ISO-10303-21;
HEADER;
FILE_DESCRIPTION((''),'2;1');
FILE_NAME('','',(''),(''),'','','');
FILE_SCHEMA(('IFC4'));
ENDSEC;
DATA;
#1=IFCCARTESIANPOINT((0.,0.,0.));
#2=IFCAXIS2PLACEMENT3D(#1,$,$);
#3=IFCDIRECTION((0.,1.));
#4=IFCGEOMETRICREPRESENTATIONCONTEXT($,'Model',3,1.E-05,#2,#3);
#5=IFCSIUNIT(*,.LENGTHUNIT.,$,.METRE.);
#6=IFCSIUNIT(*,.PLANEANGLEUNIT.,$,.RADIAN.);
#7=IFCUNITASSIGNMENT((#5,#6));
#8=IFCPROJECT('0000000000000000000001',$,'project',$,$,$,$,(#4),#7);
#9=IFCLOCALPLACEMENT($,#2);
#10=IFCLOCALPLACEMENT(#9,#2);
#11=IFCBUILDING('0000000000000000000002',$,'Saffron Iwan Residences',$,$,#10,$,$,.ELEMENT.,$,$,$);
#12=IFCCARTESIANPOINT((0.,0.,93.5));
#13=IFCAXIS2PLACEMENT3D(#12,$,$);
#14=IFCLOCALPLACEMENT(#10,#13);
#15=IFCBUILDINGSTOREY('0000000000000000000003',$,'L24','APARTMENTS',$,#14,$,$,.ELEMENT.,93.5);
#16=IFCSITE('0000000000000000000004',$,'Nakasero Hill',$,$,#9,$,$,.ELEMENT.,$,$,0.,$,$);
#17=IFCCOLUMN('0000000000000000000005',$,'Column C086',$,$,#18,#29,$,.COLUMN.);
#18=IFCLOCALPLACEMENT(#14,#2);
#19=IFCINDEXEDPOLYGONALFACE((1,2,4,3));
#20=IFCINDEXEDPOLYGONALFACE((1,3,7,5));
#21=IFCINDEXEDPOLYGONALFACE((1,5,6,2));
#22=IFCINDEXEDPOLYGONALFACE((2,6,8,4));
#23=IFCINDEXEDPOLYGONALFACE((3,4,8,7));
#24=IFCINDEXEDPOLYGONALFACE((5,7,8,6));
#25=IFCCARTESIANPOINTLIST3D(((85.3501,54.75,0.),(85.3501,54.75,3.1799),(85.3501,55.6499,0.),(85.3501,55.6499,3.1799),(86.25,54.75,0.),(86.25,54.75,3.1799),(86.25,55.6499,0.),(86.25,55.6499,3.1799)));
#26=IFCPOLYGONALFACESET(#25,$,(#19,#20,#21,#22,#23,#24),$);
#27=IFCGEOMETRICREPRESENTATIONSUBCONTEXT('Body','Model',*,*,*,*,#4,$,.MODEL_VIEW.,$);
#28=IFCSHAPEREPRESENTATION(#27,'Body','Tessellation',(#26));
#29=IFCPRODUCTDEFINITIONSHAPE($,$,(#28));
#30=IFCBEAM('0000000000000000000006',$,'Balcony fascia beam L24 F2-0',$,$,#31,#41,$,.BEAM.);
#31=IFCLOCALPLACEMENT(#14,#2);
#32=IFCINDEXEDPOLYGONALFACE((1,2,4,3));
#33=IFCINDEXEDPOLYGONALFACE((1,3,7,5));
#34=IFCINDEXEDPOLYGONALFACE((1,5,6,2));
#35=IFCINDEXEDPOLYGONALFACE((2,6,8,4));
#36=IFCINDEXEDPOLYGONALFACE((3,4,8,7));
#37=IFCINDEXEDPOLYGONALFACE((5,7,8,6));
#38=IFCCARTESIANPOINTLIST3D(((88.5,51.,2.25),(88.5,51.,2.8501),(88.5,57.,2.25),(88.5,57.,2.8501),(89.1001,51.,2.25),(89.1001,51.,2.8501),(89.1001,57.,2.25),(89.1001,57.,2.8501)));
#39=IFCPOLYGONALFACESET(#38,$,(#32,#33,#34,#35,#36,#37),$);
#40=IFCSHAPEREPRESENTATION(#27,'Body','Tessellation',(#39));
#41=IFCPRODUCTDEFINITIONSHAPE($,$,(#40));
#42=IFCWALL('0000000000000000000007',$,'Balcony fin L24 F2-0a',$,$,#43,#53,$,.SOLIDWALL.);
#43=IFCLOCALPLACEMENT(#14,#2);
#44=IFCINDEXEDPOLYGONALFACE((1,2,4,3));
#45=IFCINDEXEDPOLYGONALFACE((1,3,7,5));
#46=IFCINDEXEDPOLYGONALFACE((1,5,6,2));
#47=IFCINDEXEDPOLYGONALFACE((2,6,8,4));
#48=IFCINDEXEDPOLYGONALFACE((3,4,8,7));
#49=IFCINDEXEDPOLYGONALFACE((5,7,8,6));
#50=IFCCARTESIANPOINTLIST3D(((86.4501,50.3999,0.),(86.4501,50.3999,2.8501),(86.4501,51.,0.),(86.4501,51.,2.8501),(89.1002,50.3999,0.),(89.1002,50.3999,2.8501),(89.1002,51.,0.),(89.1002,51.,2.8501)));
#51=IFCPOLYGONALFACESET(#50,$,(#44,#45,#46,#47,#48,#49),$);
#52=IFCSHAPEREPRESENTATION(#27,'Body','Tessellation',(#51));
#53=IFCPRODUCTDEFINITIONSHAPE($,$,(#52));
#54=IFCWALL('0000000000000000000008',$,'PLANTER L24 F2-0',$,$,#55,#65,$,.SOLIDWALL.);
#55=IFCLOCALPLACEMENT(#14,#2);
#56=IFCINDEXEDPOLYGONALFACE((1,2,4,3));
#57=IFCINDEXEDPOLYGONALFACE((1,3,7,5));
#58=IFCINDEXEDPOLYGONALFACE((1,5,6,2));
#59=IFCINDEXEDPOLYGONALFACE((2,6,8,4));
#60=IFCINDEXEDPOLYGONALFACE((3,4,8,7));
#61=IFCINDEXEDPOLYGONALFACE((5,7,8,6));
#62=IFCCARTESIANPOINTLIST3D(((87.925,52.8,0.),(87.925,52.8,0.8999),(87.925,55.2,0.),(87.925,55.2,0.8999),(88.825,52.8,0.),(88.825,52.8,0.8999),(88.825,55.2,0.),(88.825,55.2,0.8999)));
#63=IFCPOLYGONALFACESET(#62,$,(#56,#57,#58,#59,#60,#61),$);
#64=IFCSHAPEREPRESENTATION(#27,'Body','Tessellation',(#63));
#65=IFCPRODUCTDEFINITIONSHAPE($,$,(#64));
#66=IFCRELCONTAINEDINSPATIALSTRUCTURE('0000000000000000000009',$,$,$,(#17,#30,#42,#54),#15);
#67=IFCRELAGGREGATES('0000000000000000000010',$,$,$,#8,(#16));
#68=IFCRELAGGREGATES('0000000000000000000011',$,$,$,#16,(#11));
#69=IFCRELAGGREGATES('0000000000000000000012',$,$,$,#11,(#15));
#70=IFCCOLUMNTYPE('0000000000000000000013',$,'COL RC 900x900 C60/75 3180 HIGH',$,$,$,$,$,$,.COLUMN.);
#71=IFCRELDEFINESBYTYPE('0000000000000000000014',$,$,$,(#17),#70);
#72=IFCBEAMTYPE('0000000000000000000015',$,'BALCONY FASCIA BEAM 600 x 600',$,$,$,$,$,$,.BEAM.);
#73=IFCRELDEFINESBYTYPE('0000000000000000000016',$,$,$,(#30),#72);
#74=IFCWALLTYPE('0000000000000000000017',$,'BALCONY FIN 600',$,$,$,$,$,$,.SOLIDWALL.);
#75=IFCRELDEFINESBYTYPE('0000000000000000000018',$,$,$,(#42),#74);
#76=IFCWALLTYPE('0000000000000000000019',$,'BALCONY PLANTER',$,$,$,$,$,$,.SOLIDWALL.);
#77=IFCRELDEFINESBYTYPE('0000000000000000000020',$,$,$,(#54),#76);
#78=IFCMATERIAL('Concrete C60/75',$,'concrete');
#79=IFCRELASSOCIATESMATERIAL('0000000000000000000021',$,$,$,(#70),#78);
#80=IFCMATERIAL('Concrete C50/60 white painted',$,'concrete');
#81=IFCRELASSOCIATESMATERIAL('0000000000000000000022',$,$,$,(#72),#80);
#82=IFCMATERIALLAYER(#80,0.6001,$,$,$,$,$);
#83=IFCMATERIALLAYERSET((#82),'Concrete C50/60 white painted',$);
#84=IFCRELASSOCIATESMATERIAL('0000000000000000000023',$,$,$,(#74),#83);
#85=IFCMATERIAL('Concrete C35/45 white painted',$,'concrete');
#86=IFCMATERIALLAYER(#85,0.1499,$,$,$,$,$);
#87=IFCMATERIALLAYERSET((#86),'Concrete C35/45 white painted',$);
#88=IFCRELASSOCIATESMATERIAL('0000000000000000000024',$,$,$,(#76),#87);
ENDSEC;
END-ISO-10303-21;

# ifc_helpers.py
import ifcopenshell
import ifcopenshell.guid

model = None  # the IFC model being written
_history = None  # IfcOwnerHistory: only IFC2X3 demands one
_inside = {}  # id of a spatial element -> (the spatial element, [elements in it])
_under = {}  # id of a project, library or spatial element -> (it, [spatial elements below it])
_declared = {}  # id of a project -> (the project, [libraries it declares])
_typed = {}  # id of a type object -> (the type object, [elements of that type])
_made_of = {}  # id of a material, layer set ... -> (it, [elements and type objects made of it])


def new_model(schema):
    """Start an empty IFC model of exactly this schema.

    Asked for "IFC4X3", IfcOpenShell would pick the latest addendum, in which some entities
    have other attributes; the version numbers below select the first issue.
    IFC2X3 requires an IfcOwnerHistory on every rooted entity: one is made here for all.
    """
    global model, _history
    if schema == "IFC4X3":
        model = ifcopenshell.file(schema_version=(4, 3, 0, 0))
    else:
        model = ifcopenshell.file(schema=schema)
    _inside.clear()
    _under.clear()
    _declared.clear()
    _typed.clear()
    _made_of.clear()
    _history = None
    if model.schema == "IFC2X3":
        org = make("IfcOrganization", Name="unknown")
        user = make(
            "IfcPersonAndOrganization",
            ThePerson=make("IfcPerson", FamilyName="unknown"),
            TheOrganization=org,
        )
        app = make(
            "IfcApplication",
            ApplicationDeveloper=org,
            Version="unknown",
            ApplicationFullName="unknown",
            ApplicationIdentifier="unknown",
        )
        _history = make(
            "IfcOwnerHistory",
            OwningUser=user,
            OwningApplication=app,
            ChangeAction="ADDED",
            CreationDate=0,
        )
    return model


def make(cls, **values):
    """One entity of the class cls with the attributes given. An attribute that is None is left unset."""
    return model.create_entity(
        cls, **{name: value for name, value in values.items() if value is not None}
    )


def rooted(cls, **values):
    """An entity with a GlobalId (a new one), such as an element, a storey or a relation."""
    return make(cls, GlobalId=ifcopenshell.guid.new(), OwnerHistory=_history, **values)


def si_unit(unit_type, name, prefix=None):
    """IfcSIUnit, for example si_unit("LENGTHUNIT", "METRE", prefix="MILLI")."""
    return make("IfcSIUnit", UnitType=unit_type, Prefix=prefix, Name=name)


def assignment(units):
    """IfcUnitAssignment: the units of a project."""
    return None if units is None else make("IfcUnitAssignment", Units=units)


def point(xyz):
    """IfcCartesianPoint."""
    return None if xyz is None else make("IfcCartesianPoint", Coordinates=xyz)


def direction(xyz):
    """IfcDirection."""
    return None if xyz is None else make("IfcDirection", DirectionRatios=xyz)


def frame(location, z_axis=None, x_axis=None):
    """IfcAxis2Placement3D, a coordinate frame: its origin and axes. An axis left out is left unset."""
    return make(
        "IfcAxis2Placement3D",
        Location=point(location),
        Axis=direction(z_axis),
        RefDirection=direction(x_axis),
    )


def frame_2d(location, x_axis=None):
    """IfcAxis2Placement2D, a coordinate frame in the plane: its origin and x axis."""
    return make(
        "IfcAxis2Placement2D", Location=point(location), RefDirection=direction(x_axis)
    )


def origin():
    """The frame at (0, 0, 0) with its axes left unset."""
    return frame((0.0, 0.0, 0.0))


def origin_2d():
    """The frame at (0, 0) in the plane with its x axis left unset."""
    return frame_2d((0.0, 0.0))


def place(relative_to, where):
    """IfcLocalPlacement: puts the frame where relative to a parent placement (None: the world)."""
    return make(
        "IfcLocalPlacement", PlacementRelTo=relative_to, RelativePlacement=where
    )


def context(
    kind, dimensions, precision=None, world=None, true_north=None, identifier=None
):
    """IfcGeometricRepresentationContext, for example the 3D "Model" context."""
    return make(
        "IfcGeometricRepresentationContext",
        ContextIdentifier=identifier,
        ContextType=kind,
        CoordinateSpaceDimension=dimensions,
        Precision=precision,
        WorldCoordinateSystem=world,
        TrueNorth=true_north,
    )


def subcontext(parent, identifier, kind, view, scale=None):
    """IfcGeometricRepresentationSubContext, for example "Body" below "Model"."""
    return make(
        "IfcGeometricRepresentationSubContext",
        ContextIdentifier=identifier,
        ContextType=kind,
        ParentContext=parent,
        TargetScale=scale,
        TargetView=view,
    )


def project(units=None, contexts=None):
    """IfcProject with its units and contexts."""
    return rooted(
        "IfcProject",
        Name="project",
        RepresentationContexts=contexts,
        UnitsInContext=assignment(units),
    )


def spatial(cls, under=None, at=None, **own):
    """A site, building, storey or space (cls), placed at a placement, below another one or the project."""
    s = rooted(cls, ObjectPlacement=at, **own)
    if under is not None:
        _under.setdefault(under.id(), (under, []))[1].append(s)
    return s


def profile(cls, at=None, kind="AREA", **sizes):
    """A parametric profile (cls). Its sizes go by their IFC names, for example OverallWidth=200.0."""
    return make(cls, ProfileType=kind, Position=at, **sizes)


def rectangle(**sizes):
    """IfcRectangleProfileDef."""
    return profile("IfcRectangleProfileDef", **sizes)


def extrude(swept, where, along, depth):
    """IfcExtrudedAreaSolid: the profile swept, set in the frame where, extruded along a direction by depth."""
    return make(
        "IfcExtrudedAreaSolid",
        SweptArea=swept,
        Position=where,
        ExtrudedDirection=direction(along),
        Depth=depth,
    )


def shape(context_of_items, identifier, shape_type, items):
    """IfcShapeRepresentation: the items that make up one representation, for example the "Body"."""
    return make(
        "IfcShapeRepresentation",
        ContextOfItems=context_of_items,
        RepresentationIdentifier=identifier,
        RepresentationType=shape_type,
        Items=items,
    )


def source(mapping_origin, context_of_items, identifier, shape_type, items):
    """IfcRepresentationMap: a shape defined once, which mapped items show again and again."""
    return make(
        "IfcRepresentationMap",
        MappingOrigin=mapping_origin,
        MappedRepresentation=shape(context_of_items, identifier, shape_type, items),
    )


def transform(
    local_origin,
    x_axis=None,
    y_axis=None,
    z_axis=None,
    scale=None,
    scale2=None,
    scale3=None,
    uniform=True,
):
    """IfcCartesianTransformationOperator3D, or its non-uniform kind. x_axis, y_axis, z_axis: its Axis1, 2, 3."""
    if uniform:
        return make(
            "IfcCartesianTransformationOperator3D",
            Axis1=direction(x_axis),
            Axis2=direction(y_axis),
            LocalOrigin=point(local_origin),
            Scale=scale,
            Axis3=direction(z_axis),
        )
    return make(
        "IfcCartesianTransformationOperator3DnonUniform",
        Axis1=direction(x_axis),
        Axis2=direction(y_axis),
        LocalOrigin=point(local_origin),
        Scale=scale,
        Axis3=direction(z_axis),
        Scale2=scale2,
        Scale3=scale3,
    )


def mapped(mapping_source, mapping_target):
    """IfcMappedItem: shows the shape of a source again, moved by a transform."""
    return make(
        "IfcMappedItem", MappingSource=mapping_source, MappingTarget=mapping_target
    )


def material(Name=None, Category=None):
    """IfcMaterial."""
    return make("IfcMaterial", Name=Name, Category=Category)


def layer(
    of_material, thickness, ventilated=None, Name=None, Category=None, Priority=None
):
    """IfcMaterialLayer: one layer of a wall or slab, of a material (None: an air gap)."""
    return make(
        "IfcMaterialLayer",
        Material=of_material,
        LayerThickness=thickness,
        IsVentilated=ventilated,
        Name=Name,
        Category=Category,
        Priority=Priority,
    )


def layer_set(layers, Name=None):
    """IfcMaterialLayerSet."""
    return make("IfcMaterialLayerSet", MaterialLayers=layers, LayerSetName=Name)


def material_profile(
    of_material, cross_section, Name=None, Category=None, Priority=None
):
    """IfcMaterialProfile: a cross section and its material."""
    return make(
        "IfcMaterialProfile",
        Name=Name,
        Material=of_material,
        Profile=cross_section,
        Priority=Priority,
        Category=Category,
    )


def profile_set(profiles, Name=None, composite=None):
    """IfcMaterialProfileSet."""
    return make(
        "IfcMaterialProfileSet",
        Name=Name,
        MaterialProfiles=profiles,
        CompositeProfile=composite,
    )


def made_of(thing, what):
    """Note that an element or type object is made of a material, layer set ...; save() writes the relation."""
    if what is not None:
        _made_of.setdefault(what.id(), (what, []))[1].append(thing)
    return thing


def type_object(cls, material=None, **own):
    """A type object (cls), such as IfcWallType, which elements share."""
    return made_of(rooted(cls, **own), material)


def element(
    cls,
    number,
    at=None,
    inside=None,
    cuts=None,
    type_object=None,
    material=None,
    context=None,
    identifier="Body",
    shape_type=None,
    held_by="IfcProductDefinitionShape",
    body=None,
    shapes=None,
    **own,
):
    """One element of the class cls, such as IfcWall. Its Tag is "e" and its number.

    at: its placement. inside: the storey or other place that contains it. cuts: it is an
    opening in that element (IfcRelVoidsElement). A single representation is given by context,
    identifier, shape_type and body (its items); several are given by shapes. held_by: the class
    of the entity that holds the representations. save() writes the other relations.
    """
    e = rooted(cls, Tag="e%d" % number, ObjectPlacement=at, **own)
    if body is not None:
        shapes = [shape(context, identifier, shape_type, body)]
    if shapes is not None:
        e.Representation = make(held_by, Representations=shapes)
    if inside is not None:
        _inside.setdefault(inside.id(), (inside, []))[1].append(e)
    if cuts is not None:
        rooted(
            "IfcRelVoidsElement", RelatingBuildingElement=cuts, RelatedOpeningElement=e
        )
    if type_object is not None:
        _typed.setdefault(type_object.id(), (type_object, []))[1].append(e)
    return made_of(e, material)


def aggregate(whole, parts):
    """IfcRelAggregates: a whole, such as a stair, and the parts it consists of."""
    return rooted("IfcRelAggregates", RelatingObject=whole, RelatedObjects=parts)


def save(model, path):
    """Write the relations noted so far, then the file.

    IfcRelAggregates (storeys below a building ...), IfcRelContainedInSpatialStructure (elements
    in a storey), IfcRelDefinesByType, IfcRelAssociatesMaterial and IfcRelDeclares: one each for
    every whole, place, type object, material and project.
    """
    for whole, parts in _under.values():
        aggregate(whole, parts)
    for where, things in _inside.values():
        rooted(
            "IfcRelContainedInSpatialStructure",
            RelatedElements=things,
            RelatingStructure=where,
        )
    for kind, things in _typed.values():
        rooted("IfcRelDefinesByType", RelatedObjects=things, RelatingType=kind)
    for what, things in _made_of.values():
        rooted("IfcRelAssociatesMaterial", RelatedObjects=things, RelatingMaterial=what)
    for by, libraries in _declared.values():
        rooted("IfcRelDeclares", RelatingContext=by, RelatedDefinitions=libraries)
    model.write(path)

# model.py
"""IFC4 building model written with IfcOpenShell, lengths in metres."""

from ifc_helpers import new_model, si_unit, direction, frame, frame_2d, origin, origin_2d, place, context, subcontext, project, spatial, rectangle, extrude, source, transform, mapped, material, layer, layer_set, material_profile, profile_set, type_object, element, save


model = new_model("IFC4")

# Units and contexts
model_context = context("Model", 3, precision=1e-05, world=origin(), true_north=direction((0.0, 1.0)))
body_context = subcontext(model_context, "Body", "Model", "MODEL_VIEW")
ifc_project = project(units=[si_unit("LENGTHUNIT", "METRE"), si_unit("PLANEANGLEUNIT", "RADIAN")], contexts=[model_context])

# Site, building, storey
site_placement = place(None, origin())
site = spatial("IfcSite", under=ifc_project, at=site_placement, Name="Nakasero Hill", CompositionType="ELEMENT", RefElevation=0.0)
building_placement = place(site_placement, origin())
building = spatial("IfcBuilding", under=site, at=building_placement, Name="Saffron Iwan Residences", CompositionType="ELEMENT")
storey_placement = place(building_placement, frame((0.0, 0.0, 93.5)))
storey = spatial("IfcBuildingStorey", under=building, at=storey_placement, Name="L24", Description="APARTMENTS", CompositionType="ELEMENT", Elevation=93.5)

# Column
ifc_material_1 = material(Name="Concrete C60/75", Category="concrete")
ifc_material_profile_1 = material_profile(ifc_material_1, rectangle(XDim=0.8999, YDim=0.8999, at=origin_2d()), Name="RC 900x900")
ifc_profile_set_1 = profile_set([ifc_material_profile_1], Name="Concrete C60/75")
column_type = type_object("IfcColumnType", Name="COL RC 900x900 C60/75 3180 HIGH", PredefinedType="COLUMN", material=ifc_profile_set_1)
shared_shape_1 = source(origin(), body_context, "Body", "SweptSolid", [
    extrude(rectangle(XDim=0.8999, YDim=0.8999, at=origin_2d()), origin(), (0.0, 0.0, 1.0), 3.1799),
])
column_placement = place(storey_placement, frame((85.8, 55.2, 0.0), z_axis=(0.0, 0.0, 1.0), x_axis=(1.0, 0.0, 0.0)))
element("IfcColumn", 1, at=column_placement, inside=storey, type_object=column_type, Name="Column C086", PredefinedType="COLUMN", context=body_context, shape_type="MappedRepresentation", body=[
    mapped(shared_shape_1, transform((0.0, 0.0, 0.0))),
])

# Beam
ifc_material_2 = material(Name="Concrete C50/60 white painted", Category="concrete")
ifc_material_profile_2 = material_profile(ifc_material_2, rectangle(XDim=0.6001, YDim=0.6001, at=origin_2d()), Name="BALCONY FASCIA BEAM 600 x 600")
ifc_profile_set_2 = profile_set([ifc_material_profile_2], Name="Concrete C50/60 white painted")
beam_type = type_object("IfcBeamType", Name="BALCONY FASCIA BEAM 600 x 600", PredefinedType="BEAM", material=ifc_profile_set_2)
shared_shape_2 = source(origin(), body_context, "Body", "SweptSolid", [
    extrude(rectangle(XDim=0.6001, YDim=0.6001, at=origin_2d()), origin(), (0.0, 0.0, 1.0), 6.0),
])
beam_placement = place(storey_placement, frame((88.8, 51.0, 2.55), z_axis=(0.0, 1.0, 0.0), x_axis=(-1.0, 0.0, 0.0)))
element("IfcBeam", 2, at=beam_placement, inside=storey, type_object=beam_type, Name="Balcony fascia beam L24 F2-0", PredefinedType="BEAM", context=body_context, shape_type="MappedRepresentation", body=[
    mapped(shared_shape_2, transform((0.0, 0.0, 0.0))),
])

# Walls
ifc_layer_1 = layer(ifc_material_2, 0.6001)
ifc_layer_set_1 = layer_set([ifc_layer_1], Name="Concrete C50/60 white painted")
wall_type_1 = type_object("IfcWallType", Name="BALCONY FIN 600", PredefinedType="SOLIDWALL", material=ifc_layer_set_1)
wall_1_placement = place(storey_placement, frame((86.45, 50.7, 0.0), z_axis=(0.0, 0.0, 1.0), x_axis=(1.0, 0.0, 0.0)))
element("IfcWall", 3, at=wall_1_placement, inside=storey, type_object=wall_type_1, Name="Balcony fin L24 F2-0a", PredefinedType="SOLIDWALL", context=body_context, shape_type="SweptSolid", body=[
    extrude(rectangle(XDim=2.6501, YDim=0.6001, at=frame_2d((1.3252, 0.0))), origin(), (0.0, 0.0, 1.0), 2.8501),
])
ifc_material_3 = material(Name="Concrete C35/45 white painted", Category="concrete")
ifc_layer_2 = layer(ifc_material_3, 0.1499)
ifc_layer_set_2 = layer_set([ifc_layer_2], Name="Concrete C35/45 white painted")
wall_type_2 = type_object("IfcWallType", Name="BALCONY PLANTER", PredefinedType="SOLIDWALL", material=ifc_layer_set_2)
wall_2_placement = place(storey_placement, frame((88.375, 52.8, 0.0), z_axis=(0.0, 0.0, 1.0), x_axis=(0.0, 1.0, 0.0)))
element("IfcWall", 4, at=wall_2_placement, inside=storey, type_object=wall_type_2, Name="PLANTER L24 F2-0", PredefinedType="SOLIDWALL", context=body_context, shape_type="SweptSolid", body=[
    extrude(rectangle(XDim=2.3999, YDim=0.8999, at=frame_2d((1.2, 0.0))), origin(), (0.0, 0.0, 1.0), 0.8999),
])

save(model, "model.ifc")
